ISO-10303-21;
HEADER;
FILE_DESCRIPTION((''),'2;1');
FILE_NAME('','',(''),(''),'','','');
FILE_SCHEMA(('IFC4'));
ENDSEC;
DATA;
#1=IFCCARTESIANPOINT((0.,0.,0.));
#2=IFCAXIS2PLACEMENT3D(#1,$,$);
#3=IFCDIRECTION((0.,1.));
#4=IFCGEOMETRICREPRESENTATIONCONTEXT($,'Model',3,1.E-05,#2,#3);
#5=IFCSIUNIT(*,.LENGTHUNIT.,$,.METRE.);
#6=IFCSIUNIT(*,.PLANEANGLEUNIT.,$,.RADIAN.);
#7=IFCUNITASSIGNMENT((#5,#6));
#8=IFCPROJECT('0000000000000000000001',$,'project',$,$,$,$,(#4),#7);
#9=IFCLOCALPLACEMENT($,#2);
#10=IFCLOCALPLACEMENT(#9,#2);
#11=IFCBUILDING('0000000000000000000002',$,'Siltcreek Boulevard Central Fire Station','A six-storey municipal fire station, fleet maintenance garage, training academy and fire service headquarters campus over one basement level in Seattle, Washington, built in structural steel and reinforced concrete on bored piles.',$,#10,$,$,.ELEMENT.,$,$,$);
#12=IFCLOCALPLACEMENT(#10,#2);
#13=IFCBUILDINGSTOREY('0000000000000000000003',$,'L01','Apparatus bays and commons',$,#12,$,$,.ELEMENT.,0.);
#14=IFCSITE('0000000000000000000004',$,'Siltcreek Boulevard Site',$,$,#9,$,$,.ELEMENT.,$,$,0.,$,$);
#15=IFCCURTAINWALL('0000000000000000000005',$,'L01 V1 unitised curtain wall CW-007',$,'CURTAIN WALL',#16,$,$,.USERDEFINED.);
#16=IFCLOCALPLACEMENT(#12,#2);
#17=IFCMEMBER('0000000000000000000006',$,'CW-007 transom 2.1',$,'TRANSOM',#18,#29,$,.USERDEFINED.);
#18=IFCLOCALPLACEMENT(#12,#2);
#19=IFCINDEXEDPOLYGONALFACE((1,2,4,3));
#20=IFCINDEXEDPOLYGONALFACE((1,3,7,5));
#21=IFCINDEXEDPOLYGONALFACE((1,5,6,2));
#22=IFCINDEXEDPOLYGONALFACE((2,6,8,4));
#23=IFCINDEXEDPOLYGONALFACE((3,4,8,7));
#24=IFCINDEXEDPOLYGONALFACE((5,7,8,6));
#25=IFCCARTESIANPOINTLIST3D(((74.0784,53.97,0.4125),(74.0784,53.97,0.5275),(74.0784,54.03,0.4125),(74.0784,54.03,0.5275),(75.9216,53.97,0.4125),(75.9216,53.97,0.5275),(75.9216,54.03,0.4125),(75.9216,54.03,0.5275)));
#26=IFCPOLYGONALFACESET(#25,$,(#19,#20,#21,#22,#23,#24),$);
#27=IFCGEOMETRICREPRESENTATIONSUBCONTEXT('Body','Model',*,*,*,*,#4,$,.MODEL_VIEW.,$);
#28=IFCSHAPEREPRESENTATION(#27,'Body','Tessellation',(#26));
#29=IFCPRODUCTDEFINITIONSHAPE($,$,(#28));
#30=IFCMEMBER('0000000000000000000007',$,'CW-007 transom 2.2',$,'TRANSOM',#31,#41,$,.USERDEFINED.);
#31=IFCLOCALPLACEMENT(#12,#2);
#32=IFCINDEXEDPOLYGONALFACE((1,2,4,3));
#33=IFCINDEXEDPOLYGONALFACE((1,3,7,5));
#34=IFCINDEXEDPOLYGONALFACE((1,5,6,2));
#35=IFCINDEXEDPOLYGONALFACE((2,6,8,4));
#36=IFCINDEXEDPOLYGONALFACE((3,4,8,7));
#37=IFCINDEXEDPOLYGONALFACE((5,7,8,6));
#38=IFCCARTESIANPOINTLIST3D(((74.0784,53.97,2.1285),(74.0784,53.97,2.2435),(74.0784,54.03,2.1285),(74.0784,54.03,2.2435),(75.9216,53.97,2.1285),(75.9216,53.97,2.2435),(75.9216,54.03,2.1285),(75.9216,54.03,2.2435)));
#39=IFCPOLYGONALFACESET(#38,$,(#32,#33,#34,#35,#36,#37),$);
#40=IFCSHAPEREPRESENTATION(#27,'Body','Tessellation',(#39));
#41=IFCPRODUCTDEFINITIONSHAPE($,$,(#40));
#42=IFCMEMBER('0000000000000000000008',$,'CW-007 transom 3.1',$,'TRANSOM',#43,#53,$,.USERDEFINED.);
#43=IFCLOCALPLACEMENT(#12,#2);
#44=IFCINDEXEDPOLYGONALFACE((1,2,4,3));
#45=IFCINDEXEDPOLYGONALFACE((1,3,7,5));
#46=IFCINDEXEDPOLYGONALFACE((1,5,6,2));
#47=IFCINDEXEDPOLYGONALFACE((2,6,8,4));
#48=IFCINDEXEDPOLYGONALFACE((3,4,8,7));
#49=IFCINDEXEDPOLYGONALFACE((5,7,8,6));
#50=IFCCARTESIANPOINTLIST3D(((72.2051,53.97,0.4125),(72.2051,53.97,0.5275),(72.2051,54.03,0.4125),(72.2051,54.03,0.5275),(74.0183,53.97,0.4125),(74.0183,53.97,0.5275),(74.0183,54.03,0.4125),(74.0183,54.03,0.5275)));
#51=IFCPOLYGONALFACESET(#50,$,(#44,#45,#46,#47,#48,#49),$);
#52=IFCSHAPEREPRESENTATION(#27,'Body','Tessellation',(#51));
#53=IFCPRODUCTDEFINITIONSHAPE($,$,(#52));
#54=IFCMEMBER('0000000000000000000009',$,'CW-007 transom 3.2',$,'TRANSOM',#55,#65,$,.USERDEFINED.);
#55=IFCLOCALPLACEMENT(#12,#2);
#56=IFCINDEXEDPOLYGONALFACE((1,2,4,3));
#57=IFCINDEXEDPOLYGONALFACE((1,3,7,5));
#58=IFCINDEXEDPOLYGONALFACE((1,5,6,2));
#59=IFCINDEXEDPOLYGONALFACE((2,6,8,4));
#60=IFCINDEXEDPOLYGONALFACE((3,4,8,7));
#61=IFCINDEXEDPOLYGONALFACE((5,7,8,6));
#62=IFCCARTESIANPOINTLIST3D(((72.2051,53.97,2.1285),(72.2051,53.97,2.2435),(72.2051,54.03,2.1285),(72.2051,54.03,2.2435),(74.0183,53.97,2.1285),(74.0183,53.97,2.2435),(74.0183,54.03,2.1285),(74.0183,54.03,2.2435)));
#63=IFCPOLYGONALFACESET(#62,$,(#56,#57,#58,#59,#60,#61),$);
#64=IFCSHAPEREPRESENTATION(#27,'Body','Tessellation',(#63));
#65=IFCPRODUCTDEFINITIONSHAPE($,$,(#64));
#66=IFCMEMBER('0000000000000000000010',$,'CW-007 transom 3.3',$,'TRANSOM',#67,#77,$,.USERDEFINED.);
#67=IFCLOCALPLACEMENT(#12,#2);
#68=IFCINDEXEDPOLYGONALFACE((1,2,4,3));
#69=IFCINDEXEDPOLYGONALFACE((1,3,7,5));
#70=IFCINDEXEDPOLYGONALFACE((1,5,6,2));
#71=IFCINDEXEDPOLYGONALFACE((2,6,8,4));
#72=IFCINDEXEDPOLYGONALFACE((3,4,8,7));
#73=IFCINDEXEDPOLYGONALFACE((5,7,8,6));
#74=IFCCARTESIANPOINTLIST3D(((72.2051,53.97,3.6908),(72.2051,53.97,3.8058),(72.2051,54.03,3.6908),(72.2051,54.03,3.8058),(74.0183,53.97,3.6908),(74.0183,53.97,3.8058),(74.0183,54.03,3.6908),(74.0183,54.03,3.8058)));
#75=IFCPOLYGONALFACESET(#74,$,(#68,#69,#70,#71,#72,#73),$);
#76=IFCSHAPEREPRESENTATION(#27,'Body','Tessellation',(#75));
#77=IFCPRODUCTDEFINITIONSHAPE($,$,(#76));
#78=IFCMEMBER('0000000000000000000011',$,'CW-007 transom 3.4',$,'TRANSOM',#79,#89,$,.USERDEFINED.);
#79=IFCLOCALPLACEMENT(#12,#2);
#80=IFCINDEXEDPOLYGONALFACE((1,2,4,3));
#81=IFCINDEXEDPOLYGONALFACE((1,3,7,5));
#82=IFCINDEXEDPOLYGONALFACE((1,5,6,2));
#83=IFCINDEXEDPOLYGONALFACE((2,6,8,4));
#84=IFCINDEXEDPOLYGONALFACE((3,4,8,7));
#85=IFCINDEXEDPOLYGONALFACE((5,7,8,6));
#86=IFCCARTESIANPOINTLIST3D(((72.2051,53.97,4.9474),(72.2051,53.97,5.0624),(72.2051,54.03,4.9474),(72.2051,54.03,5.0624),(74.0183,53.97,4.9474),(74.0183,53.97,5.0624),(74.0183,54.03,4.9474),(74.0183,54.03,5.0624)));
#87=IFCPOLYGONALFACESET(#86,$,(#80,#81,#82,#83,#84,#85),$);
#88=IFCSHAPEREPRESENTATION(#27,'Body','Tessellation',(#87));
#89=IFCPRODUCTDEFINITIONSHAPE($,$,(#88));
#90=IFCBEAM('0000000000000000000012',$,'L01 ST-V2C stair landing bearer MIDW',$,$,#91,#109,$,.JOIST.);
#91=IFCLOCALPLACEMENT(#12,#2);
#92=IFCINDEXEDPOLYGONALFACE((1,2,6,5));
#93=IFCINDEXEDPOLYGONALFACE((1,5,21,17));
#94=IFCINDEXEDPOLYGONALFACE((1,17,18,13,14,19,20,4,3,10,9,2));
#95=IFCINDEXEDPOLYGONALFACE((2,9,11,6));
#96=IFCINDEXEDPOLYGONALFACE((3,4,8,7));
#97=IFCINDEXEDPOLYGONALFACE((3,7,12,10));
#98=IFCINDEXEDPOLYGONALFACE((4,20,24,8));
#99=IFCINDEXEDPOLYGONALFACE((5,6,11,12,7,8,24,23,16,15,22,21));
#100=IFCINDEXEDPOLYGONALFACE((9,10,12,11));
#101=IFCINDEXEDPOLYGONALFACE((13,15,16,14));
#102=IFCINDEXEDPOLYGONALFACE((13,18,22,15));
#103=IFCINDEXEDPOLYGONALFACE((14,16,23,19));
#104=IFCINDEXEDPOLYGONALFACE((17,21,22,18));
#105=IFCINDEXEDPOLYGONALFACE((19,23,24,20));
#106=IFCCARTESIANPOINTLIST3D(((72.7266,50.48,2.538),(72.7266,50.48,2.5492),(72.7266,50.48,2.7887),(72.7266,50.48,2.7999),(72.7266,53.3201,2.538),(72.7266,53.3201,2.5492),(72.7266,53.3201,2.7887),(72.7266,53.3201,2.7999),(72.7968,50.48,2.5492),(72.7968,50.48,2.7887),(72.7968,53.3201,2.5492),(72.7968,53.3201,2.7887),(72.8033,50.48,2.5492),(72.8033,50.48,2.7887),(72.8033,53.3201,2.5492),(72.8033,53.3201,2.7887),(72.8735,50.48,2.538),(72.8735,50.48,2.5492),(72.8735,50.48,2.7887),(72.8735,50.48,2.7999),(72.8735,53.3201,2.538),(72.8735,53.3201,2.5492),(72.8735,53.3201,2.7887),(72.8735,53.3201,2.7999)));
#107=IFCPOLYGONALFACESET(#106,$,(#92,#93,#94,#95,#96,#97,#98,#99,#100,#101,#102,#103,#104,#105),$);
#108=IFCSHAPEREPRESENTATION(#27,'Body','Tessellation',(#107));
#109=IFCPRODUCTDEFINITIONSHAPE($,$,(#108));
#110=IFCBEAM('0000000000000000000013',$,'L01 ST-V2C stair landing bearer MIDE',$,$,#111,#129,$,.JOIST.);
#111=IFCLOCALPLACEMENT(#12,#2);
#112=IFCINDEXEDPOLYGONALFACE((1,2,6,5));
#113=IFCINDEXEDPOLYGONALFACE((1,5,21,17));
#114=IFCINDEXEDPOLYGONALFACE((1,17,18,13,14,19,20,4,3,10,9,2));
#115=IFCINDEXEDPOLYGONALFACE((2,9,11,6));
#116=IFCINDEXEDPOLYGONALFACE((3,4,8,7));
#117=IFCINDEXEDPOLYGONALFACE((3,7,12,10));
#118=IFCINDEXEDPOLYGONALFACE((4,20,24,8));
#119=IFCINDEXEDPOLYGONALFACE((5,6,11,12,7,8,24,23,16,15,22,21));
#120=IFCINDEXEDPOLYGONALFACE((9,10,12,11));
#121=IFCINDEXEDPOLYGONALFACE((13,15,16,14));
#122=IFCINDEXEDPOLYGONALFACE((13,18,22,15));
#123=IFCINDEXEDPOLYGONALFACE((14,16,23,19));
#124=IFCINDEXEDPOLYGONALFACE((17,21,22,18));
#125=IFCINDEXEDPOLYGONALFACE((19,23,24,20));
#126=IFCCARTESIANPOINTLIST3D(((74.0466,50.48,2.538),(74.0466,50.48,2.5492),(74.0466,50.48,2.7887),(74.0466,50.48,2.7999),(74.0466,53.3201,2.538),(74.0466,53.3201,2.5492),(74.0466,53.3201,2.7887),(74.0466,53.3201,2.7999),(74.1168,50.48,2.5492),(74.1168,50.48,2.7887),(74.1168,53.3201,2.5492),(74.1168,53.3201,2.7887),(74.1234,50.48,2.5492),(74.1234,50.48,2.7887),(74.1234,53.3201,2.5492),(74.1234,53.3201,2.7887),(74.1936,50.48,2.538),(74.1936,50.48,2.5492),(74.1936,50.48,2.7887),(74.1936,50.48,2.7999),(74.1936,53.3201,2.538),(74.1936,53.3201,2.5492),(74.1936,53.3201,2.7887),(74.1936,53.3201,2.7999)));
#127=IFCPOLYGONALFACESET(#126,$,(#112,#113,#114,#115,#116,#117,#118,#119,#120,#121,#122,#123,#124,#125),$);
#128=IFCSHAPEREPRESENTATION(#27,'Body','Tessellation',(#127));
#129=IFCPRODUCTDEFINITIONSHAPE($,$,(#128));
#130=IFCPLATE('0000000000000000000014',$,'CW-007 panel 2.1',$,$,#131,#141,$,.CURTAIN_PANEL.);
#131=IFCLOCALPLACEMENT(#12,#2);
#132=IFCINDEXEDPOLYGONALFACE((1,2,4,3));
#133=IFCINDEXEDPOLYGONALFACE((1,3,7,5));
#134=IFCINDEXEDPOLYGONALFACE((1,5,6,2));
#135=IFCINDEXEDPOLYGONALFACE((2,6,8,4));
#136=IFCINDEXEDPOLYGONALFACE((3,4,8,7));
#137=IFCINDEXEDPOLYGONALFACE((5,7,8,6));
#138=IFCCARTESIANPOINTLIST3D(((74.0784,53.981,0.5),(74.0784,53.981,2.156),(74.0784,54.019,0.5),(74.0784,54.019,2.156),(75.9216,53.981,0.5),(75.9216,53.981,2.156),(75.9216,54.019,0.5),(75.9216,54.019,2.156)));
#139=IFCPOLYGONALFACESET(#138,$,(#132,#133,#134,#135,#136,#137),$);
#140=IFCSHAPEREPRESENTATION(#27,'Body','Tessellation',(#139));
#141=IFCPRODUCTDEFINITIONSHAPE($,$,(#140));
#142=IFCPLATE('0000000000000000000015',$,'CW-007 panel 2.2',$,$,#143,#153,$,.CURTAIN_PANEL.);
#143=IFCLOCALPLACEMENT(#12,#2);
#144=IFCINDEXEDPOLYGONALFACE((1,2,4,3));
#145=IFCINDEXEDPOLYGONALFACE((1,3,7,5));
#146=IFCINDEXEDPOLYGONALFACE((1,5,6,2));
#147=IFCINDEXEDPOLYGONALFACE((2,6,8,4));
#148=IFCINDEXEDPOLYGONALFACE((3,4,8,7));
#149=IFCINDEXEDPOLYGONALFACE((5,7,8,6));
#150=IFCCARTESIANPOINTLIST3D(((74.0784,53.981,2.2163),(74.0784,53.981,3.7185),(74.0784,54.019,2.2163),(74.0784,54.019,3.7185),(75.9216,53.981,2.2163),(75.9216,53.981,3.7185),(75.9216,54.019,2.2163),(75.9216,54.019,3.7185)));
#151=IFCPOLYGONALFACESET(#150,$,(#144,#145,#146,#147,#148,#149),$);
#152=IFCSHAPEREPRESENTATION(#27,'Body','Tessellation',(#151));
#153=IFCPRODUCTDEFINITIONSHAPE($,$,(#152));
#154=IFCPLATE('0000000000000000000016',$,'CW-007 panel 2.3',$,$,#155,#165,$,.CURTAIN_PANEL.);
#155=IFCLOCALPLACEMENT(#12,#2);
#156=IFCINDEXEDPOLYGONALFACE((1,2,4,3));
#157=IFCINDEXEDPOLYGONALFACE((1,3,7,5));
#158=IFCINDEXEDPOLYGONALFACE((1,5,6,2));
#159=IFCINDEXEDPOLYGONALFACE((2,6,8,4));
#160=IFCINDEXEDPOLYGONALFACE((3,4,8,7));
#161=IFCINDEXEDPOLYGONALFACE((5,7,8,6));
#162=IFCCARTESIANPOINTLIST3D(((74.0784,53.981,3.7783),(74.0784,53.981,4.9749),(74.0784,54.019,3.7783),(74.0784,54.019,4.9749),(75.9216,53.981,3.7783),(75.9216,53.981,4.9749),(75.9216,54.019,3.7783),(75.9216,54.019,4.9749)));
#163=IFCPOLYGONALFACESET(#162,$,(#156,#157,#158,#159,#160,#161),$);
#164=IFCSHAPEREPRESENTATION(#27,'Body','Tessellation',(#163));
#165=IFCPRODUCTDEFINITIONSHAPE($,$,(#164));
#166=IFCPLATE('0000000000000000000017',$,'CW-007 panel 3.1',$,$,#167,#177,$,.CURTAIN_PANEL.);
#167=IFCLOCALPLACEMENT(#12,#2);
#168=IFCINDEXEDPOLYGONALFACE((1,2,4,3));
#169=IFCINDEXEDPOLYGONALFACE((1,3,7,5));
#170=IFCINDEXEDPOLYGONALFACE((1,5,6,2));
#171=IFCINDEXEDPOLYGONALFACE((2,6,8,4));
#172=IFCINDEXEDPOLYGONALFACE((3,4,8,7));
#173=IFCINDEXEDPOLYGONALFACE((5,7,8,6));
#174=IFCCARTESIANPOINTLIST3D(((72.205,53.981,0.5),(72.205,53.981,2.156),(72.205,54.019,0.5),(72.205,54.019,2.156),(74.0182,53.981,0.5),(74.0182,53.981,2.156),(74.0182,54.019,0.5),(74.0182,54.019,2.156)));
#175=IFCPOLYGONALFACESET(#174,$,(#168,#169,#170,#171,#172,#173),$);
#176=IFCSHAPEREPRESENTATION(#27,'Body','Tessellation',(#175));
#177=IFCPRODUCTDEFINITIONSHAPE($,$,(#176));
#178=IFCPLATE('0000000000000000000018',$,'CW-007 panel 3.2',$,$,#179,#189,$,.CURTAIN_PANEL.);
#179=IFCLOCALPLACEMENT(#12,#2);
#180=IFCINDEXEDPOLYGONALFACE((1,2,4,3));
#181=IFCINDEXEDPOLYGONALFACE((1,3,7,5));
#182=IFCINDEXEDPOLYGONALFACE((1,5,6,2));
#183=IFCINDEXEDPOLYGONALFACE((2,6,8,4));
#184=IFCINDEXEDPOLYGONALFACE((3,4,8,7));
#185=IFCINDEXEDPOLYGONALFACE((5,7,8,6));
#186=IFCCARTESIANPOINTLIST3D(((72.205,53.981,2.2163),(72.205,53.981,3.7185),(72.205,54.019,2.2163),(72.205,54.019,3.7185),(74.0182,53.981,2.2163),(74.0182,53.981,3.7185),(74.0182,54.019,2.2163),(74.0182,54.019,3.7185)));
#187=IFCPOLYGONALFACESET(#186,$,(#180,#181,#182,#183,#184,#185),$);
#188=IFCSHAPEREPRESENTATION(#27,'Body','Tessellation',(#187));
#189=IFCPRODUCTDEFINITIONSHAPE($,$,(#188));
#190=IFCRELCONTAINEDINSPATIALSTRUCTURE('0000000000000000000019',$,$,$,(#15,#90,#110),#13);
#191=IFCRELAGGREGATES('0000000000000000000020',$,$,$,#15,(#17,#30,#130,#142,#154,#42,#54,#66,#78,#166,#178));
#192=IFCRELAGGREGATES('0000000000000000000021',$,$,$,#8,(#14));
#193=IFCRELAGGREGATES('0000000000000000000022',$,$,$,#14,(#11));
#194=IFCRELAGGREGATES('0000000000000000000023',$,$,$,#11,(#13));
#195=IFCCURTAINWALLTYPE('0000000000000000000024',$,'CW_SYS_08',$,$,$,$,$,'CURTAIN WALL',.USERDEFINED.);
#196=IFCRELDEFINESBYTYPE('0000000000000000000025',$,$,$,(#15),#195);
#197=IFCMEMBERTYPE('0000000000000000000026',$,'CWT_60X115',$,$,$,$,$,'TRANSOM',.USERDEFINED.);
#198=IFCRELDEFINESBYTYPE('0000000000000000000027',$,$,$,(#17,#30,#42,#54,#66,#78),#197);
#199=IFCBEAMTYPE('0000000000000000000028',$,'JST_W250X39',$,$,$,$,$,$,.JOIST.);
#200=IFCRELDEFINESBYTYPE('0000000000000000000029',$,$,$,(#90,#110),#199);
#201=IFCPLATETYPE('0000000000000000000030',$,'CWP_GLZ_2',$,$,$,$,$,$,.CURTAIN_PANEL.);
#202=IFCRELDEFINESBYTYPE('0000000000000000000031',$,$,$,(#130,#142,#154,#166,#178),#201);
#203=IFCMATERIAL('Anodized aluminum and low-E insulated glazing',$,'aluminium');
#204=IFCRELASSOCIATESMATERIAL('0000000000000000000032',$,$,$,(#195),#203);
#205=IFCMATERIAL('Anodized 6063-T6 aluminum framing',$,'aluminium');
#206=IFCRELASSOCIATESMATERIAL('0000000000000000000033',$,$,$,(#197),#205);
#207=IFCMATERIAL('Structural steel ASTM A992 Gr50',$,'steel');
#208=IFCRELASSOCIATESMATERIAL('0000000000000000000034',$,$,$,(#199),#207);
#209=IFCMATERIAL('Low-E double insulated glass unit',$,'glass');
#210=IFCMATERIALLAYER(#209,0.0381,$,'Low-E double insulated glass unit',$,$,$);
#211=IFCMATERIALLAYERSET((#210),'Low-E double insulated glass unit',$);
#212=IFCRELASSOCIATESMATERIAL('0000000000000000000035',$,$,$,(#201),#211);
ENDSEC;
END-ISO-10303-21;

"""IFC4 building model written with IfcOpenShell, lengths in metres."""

from ifc_helpers import new_model, si_unit, direction, frame, origin, origin_2d, place, context, subcontext, project, spatial, rectangle, i_section, extrude, material, layer, layer_set, material_profile, profile_set, type_object, element, aggregate, save


model = new_model("IFC4")

# Units and contexts
model_context = context("Model", 3, precision=1e-05, world=origin(), true_north=direction((0.0, 1.0)))
body_context = subcontext(model_context, "Body", "Model", "MODEL_VIEW")
ifc_project = project(units=[si_unit("LENGTHUNIT", "METRE"), si_unit("PLANEANGLEUNIT", "RADIAN")], contexts=[model_context])

# Site, building, storey
site_placement = place(None, origin())
site = spatial("IfcSite", under=ifc_project, at=site_placement, Name="Siltcreek Boulevard Site", CompositionType="ELEMENT", RefElevation=0.0)
building_placement = place(site_placement, origin())
building = spatial("IfcBuilding", under=site, at=building_placement, Name="Siltcreek Boulevard Central Fire Station", Description="A six-storey municipal fire station, fleet maintenance garage, training academy and fire service headquarters campus over one basement level in Seattle, Washington, built in structural steel and reinforced concrete on bored piles.", CompositionType="ELEMENT")
storey_placement = place(building_placement, origin())
storey = spatial("IfcBuildingStorey", under=building, at=storey_placement, Name="L01", Description="Apparatus bays and commons", CompositionType="ELEMENT", Elevation=0.0)

# Shared definitions
ifc_material_1 = material(Name="Structural steel ASTM A992 Gr50", Category="steel")

# Curtain wall, members
ifc_material_2 = material(Name="Anodized aluminum and low-E insulated glazing", Category="aluminium")
curtain_wall_type = type_object("IfcCurtainWallType", Name="CW_SYS_08", ElementType="CURTAIN WALL", PredefinedType="USERDEFINED", material=ifc_material_2)
curtain_wall_placement = place(storey_placement, origin())
curtain_wall = element("IfcCurtainWall", 1, at=curtain_wall_placement, inside=storey, type_object=curtain_wall_type, Name="L01 V1 unitised curtain wall CW-007", ObjectType="CURTAIN WALL", PredefinedType="USERDEFINED")
ifc_material_3 = material(Name="Anodized 6063-T6 aluminum framing", Category="aluminium")
ifc_material_profile_1 = material_profile(ifc_material_3, rectangle(XDim=0.0601, YDim=0.115, at=origin_2d()), Name="TRAN60X115")
ifc_profile_set_1 = profile_set([ifc_material_profile_1], Name="Anodized 6063-T6 aluminum framing")
member_type_1 = type_object("IfcMemberType", Name="CWT_60X115", ElementType="TRANSOM", PredefinedType="USERDEFINED", material=ifc_profile_set_1)
member_1_placement = place(storey_placement, frame((75.9216, 54.0, 0.47), z_axis=(-1.0, 0.0, 0.0), x_axis=(0.0, -1.0, 0.0)))
member_1 = element("IfcMember", 2, at=member_1_placement, type_object=member_type_1, Name="CW-007 transom 2.1", ObjectType="TRANSOM", PredefinedType="USERDEFINED", context=body_context, shape_type="SweptSolid", body=[
    extrude(rectangle(XDim=0.0601, YDim=0.115, at=origin_2d()), origin(), (0.0, 0.0, 1.0), 1.8433),
])
member_2_placement = place(storey_placement, frame((75.9216, 54.0, 2.186), z_axis=(-1.0, 0.0, 0.0), x_axis=(0.0, -1.0, 0.0)))
member_2 = element("IfcMember", 3, at=member_2_placement, type_object=member_type_1, Name="CW-007 transom 2.2", ObjectType="TRANSOM", PredefinedType="USERDEFINED", context=body_context, shape_type="SweptSolid", body=[
    extrude(rectangle(XDim=0.0601, YDim=0.115, at=origin_2d()), origin(), (0.0, 0.0, 1.0), 1.8433),
])
member_3_placement = place(storey_placement, frame((74.0183, 54.0, 0.47), z_axis=(-1.0, 0.0, 0.0), x_axis=(0.0, -1.0, 0.0)))
member_3 = element("IfcMember", 4, at=member_3_placement, type_object=member_type_1, Name="CW-007 transom 3.1", ObjectType="TRANSOM", PredefinedType="USERDEFINED", context=body_context, shape_type="SweptSolid", body=[
    extrude(rectangle(XDim=0.0601, YDim=0.115, at=origin_2d()), origin(), (0.0, 0.0, 1.0), 1.8132),
])
member_4_placement = place(storey_placement, frame((74.0183, 54.0, 2.186), z_axis=(-1.0, 0.0, 0.0), x_axis=(0.0, -1.0, 0.0)))
member_4 = element("IfcMember", 5, at=member_4_placement, type_object=member_type_1, Name="CW-007 transom 3.2", ObjectType="TRANSOM", PredefinedType="USERDEFINED", context=body_context, shape_type="SweptSolid", body=[
    extrude(rectangle(XDim=0.0601, YDim=0.115, at=origin_2d()), origin(), (0.0, 0.0, 1.0), 1.8132),
])
member_5_placement = place(storey_placement, frame((74.0183, 54.0, 3.7483), z_axis=(-1.0, 0.0, 0.0), x_axis=(0.0, -1.0, 0.0)))
member_5 = element("IfcMember", 6, at=member_5_placement, type_object=member_type_1, Name="CW-007 transom 3.3", ObjectType="TRANSOM", PredefinedType="USERDEFINED", context=body_context, shape_type="SweptSolid", body=[
    extrude(rectangle(XDim=0.0601, YDim=0.115, at=origin_2d()), origin(), (0.0, 0.0, 1.0), 1.8132),
])
member_6_placement = place(storey_placement, frame((74.0183, 54.0, 5.0049), z_axis=(-1.0, 0.0, 0.0), x_axis=(0.0, -1.0, 0.0)))
member_6 = element("IfcMember", 7, at=member_6_placement, type_object=member_type_1, Name="CW-007 transom 3.4", ObjectType="TRANSOM", PredefinedType="USERDEFINED", context=body_context, shape_type="SweptSolid", body=[
    extrude(rectangle(XDim=0.0601, YDim=0.115, at=origin_2d()), origin(), (0.0, 0.0, 1.0), 1.8132),
])

# Beams
ifc_material_profile_2 = material_profile(ifc_material_1, i_section(OverallWidth=0.147, OverallDepth=0.262, WebThickness=0.0066, FlangeThickness=0.0112, at=origin_2d()), Name="W250X39")
ifc_profile_set_2 = profile_set([ifc_material_profile_2], Name="Structural steel ASTM A992 Gr50")
beam_type = type_object("IfcBeamType", Name="JST_W250X39", PredefinedType="JOIST", material=ifc_profile_set_2)
for number, where, z_axis, x_axis, name in (
    (8, (72.8, 50.48, 2.6689), (0.0, 1.0, 0.0), (-1.0, 0.0, 0.0), "L01 ST-V2C stair landing bearer MIDW"),
    (9, (74.1201, 50.48, 2.6689), (0.0, 1.0, 0.0), (-1.0, 0.0, 0.0), "L01 ST-V2C stair landing bearer MIDE"),
):
    element("IfcBeam", number, at=place(storey_placement, frame(where, z_axis=z_axis, x_axis=x_axis)), inside=storey, type_object=beam_type, Name=name, PredefinedType="JOIST", context=body_context, shape_type="SweptSolid", body=[
        extrude(i_section(OverallWidth=0.147, OverallDepth=0.262, WebThickness=0.0066, FlangeThickness=0.0112, at=origin_2d()), origin(), (0.0, 0.0, 1.0), 2.8401),
    ])

# Plates
ifc_material_4 = material(Name="Low-E double insulated glass unit", Category="glass")
ifc_layer_1 = layer(ifc_material_4, 0.0381, Name="Low-E double insulated glass unit")
ifc_layer_set_1 = layer_set([ifc_layer_1], Name="Low-E double insulated glass unit")
plate_type = type_object("IfcPlateType", Name="CWP_GLZ_2", PredefinedType="CURTAIN_PANEL", material=ifc_layer_set_1)
plate_1_placement = place(storey_placement, frame((75.0, 54.0, 0.5), z_axis=(0.0, 0.0, 1.0), x_axis=(-1.0, 0.0, 0.0)))
plate_1 = element("IfcPlate", 10, at=plate_1_placement, type_object=plate_type, Name="CW-007 panel 2.1", PredefinedType="CURTAIN_PANEL", context=body_context, shape_type="SweptSolid", body=[
    extrude(rectangle(XDim=1.8433, YDim=0.0381, at=origin_2d()), origin(), (0.0, 0.0, 1.0), 1.656),
])
plate_2_placement = place(storey_placement, frame((75.0, 54.0, 2.2163), z_axis=(0.0, 0.0, 1.0), x_axis=(-1.0, 0.0, 0.0)))
plate_2 = element("IfcPlate", 11, at=plate_2_placement, type_object=plate_type, Name="CW-007 panel 2.2", PredefinedType="CURTAIN_PANEL", context=body_context, shape_type="SweptSolid", body=[
    extrude(rectangle(XDim=1.8433, YDim=0.0381, at=origin_2d()), origin(), (0.0, 0.0, 1.0), 1.5022),
])
plate_3_placement = place(storey_placement, frame((75.0, 54.0, 3.7783), z_axis=(0.0, 0.0, 1.0), x_axis=(-1.0, 0.0, 0.0)))
plate_3 = element("IfcPlate", 12, at=plate_3_placement, type_object=plate_type, Name="CW-007 panel 2.3", PredefinedType="CURTAIN_PANEL", context=body_context, shape_type="SweptSolid", body=[
    extrude(rectangle(XDim=1.8433, YDim=0.0381, at=origin_2d()), origin(), (0.0, 0.0, 1.0), 1.1965),
])
plate_4_placement = place(storey_placement, frame((73.1116, 54.0, 0.5), z_axis=(0.0, 0.0, 1.0), x_axis=(-1.0, 0.0, 0.0)))
plate_4 = element("IfcPlate", 13, at=plate_4_placement, type_object=plate_type, Name="CW-007 panel 3.1", PredefinedType="CURTAIN_PANEL", context=body_context, shape_type="SweptSolid", body=[
    extrude(rectangle(XDim=1.8132, YDim=0.0381, at=origin_2d()), origin(), (0.0, 0.0, 1.0), 1.656),
])
plate_5_placement = place(storey_placement, frame((73.1116, 54.0, 2.2163), z_axis=(0.0, 0.0, 1.0), x_axis=(-1.0, 0.0, 0.0)))
plate_5 = element("IfcPlate", 14, at=plate_5_placement, type_object=plate_type, Name="CW-007 panel 3.2", PredefinedType="CURTAIN_PANEL", context=body_context, shape_type="SweptSolid", body=[
    extrude(rectangle(XDim=1.8132, YDim=0.0381, at=origin_2d()), origin(), (0.0, 0.0, 1.0), 1.5022),
])
aggregate(curtain_wall, [member_1, member_2, plate_1, plate_2, plate_3, member_3, member_4, member_5, member_6, plate_4, plate_5])

save(model, "model.ifc")
